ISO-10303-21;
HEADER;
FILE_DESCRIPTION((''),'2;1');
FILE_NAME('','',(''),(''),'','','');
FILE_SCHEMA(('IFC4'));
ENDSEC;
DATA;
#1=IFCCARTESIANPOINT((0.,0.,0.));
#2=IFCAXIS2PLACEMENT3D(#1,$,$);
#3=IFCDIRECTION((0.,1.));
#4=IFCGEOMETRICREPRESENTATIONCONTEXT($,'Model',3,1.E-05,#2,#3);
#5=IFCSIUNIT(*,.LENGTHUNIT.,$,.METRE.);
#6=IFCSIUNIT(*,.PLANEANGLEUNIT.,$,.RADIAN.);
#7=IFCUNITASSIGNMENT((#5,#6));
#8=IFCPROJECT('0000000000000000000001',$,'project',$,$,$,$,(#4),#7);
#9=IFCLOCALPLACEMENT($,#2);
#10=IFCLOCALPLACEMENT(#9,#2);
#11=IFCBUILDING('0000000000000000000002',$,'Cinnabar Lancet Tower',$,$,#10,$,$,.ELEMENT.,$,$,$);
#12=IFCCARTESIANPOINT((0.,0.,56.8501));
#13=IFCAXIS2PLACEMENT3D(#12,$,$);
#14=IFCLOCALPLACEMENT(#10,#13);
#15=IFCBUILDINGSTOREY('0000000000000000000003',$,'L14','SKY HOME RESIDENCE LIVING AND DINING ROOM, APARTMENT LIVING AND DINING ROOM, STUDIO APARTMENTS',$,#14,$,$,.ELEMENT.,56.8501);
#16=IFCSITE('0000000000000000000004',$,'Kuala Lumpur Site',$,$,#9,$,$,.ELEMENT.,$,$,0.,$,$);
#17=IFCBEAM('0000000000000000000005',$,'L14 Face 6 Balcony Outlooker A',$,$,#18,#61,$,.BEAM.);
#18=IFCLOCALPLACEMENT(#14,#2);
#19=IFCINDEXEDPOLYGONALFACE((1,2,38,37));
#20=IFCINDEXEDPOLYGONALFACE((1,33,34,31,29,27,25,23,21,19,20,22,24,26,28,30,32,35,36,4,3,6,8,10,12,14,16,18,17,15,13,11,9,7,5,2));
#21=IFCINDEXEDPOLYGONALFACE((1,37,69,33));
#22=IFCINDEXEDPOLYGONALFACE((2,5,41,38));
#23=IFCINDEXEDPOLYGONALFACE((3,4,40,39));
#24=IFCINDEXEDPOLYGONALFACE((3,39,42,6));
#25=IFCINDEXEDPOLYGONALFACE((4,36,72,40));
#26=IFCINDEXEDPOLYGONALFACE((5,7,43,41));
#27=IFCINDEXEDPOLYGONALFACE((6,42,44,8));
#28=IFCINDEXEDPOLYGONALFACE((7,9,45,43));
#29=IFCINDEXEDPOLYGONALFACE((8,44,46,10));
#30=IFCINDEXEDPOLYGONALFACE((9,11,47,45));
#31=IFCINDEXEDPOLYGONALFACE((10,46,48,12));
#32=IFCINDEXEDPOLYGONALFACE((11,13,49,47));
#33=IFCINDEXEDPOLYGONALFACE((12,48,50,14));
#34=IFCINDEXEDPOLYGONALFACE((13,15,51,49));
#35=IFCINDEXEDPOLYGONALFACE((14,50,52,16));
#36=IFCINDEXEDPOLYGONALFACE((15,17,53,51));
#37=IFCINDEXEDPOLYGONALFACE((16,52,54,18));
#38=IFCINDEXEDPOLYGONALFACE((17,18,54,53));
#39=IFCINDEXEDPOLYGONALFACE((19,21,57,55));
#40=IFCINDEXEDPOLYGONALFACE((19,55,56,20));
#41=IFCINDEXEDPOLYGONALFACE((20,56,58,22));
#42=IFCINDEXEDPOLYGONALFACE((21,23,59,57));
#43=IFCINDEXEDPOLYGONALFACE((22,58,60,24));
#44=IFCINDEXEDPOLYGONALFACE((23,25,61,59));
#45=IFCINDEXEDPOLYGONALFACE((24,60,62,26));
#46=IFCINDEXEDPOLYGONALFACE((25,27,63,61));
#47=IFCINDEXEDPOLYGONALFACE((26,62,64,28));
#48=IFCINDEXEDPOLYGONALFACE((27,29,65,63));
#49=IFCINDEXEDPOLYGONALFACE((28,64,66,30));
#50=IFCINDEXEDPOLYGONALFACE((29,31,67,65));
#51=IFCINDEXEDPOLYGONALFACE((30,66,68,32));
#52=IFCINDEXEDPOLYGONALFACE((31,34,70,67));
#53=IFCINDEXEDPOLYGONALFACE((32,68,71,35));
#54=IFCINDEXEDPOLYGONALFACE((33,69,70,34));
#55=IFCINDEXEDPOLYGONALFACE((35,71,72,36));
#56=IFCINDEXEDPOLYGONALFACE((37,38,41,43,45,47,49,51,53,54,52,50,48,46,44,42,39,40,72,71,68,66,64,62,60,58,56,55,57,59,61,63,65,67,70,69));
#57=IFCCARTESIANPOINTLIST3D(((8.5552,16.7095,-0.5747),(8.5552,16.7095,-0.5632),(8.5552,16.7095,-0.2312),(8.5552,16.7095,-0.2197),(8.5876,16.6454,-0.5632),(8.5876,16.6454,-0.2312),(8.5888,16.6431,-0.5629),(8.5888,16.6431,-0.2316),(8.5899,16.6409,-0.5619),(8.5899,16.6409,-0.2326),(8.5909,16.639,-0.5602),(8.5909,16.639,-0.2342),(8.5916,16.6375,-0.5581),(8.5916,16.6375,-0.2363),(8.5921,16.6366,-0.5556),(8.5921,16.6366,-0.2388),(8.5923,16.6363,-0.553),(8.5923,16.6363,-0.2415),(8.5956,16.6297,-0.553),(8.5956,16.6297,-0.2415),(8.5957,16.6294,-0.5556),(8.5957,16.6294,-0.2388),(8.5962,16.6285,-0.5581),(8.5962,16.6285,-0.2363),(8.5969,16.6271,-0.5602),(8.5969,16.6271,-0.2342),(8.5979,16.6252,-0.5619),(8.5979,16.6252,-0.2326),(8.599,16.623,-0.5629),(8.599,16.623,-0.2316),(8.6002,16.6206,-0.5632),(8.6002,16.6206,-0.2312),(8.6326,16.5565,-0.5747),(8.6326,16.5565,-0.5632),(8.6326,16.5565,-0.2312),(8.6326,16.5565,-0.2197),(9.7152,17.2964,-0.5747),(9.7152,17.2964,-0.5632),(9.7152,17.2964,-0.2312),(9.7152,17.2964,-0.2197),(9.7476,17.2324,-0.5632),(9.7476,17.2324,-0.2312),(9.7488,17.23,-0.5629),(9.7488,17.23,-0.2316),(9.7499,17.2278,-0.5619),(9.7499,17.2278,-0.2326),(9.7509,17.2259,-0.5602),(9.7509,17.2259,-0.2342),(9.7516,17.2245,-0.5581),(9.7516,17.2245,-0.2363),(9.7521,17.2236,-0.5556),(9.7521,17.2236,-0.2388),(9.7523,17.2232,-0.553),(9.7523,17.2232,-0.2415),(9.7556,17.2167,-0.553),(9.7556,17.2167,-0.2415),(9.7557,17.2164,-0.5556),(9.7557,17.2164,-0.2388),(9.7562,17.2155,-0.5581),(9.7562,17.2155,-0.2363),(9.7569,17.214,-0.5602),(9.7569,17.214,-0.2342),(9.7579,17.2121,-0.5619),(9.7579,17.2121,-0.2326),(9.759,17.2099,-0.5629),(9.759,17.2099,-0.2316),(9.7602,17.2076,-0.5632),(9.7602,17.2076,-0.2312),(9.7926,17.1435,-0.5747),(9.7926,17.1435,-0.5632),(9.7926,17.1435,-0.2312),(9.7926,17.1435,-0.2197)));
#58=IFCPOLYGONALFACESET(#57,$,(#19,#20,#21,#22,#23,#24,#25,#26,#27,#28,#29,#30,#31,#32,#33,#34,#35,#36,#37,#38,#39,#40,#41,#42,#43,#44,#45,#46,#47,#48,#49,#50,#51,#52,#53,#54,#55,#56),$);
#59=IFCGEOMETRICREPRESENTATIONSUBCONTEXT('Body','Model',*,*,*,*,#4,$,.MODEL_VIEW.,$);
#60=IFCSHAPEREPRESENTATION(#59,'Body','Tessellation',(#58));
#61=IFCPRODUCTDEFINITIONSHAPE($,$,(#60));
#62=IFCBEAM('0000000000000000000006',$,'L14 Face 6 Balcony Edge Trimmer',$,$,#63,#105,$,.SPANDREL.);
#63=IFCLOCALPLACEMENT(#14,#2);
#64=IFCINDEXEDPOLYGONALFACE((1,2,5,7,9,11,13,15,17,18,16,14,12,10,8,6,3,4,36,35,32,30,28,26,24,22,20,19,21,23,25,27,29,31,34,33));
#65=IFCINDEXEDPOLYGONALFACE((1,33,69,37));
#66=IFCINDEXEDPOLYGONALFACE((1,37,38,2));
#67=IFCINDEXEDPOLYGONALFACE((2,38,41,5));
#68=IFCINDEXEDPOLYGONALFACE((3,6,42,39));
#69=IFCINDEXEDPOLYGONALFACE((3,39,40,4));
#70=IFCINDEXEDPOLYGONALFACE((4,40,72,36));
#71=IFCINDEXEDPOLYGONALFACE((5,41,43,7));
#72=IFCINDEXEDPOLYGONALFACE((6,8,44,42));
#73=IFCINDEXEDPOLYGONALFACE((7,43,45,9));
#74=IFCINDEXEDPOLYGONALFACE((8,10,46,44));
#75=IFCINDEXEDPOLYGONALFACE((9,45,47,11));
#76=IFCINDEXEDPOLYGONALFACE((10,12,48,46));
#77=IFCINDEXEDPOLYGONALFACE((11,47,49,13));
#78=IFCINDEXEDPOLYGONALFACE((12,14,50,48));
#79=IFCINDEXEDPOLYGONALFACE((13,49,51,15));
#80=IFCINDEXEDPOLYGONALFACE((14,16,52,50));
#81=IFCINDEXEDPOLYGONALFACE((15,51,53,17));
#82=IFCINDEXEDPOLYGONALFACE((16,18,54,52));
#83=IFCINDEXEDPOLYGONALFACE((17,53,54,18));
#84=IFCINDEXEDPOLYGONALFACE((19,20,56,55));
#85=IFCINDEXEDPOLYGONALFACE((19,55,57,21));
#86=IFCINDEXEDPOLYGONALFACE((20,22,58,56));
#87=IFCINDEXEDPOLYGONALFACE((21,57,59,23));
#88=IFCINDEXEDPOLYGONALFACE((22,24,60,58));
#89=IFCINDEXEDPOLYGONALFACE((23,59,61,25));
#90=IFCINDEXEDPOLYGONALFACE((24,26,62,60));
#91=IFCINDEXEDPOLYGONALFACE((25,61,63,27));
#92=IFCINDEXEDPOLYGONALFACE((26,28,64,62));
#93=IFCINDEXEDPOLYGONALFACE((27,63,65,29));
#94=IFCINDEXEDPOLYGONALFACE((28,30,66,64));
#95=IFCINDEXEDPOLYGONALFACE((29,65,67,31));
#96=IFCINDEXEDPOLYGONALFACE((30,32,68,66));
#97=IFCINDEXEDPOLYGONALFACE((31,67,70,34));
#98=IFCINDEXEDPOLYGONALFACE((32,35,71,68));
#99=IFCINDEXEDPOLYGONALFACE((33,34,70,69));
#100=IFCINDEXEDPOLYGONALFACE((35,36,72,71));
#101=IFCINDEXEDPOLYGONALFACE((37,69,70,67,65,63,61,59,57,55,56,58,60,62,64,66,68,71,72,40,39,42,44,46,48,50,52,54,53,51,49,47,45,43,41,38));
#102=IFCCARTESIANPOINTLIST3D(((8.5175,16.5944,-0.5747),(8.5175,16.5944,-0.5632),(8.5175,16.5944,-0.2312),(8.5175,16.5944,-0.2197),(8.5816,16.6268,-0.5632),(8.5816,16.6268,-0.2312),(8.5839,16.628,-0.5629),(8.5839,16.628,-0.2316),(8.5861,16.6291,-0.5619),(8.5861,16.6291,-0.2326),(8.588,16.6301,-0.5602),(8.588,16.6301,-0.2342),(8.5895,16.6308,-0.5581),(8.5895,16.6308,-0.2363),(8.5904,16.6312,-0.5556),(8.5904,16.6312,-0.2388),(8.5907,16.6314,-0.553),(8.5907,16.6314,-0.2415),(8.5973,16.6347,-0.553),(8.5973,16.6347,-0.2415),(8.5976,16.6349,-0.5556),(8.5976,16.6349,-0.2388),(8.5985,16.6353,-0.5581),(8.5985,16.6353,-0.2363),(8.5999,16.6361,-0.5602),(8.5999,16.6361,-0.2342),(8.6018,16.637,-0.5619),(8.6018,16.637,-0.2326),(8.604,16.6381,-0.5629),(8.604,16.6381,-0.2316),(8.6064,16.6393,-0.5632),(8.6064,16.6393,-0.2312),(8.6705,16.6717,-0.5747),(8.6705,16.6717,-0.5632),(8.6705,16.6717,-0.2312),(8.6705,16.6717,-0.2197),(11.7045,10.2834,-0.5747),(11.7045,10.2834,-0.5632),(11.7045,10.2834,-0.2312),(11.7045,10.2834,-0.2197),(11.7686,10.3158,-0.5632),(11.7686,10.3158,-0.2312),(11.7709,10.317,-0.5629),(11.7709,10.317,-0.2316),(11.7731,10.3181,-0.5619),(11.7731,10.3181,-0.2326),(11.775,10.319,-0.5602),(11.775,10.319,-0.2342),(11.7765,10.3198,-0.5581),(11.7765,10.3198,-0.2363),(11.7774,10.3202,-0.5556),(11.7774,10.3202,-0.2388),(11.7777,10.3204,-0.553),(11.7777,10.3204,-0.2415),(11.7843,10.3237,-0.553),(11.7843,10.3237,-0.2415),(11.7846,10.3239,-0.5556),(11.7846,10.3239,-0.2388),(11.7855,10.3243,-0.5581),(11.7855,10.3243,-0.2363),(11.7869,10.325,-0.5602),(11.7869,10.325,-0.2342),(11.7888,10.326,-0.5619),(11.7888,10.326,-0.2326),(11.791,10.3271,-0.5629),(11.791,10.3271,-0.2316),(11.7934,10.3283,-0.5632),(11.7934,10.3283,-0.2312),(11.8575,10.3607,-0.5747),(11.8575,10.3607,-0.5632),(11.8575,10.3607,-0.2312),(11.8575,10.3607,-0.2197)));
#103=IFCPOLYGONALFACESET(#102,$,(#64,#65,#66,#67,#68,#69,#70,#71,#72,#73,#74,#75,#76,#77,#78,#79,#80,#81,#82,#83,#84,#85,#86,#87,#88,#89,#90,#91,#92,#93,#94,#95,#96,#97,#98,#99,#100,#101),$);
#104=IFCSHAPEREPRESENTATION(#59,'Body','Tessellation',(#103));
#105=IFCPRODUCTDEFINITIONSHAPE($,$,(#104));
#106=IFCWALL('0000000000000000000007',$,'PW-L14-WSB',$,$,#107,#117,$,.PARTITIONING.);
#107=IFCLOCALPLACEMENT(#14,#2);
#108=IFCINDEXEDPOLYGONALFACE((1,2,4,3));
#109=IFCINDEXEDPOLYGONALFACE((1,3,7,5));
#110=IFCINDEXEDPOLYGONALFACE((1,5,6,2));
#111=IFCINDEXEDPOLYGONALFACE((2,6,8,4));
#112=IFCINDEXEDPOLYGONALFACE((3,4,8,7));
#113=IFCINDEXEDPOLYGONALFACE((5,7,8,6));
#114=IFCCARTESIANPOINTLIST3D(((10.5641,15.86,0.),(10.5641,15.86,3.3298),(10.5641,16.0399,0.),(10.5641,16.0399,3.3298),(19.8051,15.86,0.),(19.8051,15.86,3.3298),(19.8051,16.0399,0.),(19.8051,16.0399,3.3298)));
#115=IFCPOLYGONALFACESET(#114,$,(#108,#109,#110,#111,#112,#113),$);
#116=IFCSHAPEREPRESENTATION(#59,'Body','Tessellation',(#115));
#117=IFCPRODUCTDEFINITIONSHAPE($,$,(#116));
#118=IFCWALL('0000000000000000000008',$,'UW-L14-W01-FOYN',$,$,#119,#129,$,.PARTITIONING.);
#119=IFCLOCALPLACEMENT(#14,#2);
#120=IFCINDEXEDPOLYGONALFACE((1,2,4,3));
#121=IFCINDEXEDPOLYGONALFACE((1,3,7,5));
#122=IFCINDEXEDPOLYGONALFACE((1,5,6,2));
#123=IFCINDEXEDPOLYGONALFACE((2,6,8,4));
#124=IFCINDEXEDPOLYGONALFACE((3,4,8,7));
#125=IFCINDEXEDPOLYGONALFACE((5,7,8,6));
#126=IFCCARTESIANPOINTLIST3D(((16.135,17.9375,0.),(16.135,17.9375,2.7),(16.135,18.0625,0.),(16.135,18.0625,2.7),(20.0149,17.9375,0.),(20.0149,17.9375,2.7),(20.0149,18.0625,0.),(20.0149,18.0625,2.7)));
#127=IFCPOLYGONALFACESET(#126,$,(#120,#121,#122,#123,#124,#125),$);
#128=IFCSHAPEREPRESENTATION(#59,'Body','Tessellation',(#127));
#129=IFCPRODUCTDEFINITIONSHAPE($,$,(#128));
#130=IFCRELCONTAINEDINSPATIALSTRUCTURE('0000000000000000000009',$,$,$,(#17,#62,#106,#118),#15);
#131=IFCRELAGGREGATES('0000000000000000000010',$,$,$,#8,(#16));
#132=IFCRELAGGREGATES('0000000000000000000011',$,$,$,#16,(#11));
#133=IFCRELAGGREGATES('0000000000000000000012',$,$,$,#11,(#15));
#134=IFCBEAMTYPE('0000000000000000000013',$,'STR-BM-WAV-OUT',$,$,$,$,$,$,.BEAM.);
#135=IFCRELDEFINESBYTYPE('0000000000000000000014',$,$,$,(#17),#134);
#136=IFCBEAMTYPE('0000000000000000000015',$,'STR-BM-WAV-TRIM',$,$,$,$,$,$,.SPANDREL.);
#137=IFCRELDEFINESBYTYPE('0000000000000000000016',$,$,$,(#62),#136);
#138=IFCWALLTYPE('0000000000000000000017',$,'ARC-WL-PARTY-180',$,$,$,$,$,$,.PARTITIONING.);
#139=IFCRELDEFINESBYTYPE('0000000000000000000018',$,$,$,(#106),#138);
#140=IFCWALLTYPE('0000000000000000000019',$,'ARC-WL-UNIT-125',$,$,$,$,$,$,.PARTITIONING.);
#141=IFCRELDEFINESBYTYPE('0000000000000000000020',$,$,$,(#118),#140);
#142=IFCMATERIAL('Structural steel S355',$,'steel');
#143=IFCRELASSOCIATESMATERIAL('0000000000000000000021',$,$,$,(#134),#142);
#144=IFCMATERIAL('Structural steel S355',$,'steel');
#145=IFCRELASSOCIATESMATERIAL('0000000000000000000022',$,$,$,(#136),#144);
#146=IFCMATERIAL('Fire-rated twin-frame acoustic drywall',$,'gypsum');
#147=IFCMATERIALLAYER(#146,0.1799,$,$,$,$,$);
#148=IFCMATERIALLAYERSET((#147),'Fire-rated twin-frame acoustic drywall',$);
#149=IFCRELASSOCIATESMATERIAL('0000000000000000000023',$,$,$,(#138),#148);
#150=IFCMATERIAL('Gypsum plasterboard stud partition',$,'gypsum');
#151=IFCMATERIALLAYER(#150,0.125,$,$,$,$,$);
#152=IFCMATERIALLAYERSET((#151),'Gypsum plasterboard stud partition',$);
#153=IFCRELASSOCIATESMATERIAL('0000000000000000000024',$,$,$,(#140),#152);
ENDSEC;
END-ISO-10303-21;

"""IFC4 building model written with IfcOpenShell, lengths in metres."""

from ifc_helpers import new_model, si_unit, direction, frame, frame_2d, origin, origin_2d, place, context, subcontext, project, spatial, rectangle, i_section, extrude, material, layer, layer_set, material_profile, profile_set, type_object, element, save


model = new_model("IFC4")

# Units and contexts
model_context = context("Model", 3, precision=1e-05, world=origin(), true_north=direction((0.0, 1.0)))
body_context = subcontext(model_context, "Body", "Model", "MODEL_VIEW")
ifc_project = project(units=[si_unit("LENGTHUNIT", "METRE"), si_unit("PLANEANGLEUNIT", "RADIAN")], contexts=[model_context])

# Site, building, storey
site_placement = place(None, origin())
site = spatial("IfcSite", under=ifc_project, at=site_placement, Name="Kuala Lumpur Site", CompositionType="ELEMENT", RefElevation=0.0)
building_placement = place(site_placement, origin())
building = spatial("IfcBuilding", under=site, at=building_placement, Name="Cinnabar Lancet Tower", CompositionType="ELEMENT")
storey_placement = place(building_placement, frame((0.0, 0.0, 56.8501)))
storey = spatial("IfcBuildingStorey", under=building, at=storey_placement, Name="L14", Description="SKY HOME RESIDENCE LIVING AND DINING ROOM, APARTMENT LIVING AND DINING ROOM, STUDIO APARTMENTS", CompositionType="ELEMENT", Elevation=56.8501)

# Beams
ifc_material_1 = material(Name="Structural steel S355", Category="steel")
ifc_material_profile_1 = material_profile(ifc_material_1, i_section(OverallWidth=0.1714, OverallDepth=0.355, WebThickness=0.0073, FlangeThickness=0.0115, FilletRadius=0.0103, at=origin_2d()), Name="UKB 356x171x51")
ifc_profile_set_1 = profile_set([ifc_material_profile_1], Name="Structural steel S355")
beam_type_1 = type_object("IfcBeamType", Name="STR-BM-WAV-OUT", PredefinedType="BEAM", material=ifc_profile_set_1)
beam_1_placement = place(storey_placement, frame((9.7539, 17.22, -0.3972), z_axis=(-0.892276, -0.45149, 0.0), x_axis=(0.45149, -0.892276, 0.0)))
element("IfcBeam", 1, at=beam_1_placement, inside=storey, type_object=beam_type_1, Name="L14 Face 6 Balcony Outlooker A", PredefinedType="BEAM", context=body_context, shape_type="SweptSolid", body=[
    extrude(i_section(OverallWidth=0.1714, OverallDepth=0.355, WebThickness=0.0073, FlangeThickness=0.0115, FilletRadius=0.0103, at=origin_2d()), origin(), (0.0, 0.0, 1.0), 1.3),
])
ifc_material_2 = material(Name="Structural steel S355", Category="steel")
ifc_material_profile_2 = material_profile(ifc_material_2, i_section(OverallWidth=0.1714, OverallDepth=0.355, WebThickness=0.0073, FlangeThickness=0.0115, FilletRadius=0.0103, at=origin_2d()), Name="UKB 356x171x51")
ifc_profile_set_2 = profile_set([ifc_material_profile_2], Name="Structural steel S355")
beam_type_2 = type_object("IfcBeamType", Name="STR-BM-WAV-TRIM", PredefinedType="SPANDREL", material=ifc_profile_set_2)
beam_2_placement = place(storey_placement, frame((8.594, 16.6331, -0.3972), z_axis=(0.450774, -0.892638, 0.0), x_axis=(0.892638, 0.450774, 0.0)))
element("IfcBeam", 2, at=beam_2_placement, inside=storey, type_object=beam_type_2, Name="L14 Face 6 Balcony Edge Trimmer", PredefinedType="SPANDREL", context=body_context, shape_type="SweptSolid", body=[
    extrude(i_section(OverallWidth=0.1714, OverallDepth=0.355, WebThickness=0.0073, FlangeThickness=0.0115, FilletRadius=0.0103, at=origin_2d()), origin(), (0.0, 0.0, 1.0), 7.0701),
])

# Walls
ifc_material_3 = material(Name="Fire-rated twin-frame acoustic drywall", Category="gypsum")
ifc_layer_1 = layer(ifc_material_3, 0.1799)
ifc_layer_set_1 = layer_set([ifc_layer_1], Name="Fire-rated twin-frame acoustic drywall")
wall_type_1 = type_object("IfcWallType", Name="ARC-WL-PARTY-180", PredefinedType="PARTITIONING", material=ifc_layer_set_1)
wall_1_placement = place(storey_placement, frame((10.564, 15.95, 0.0), z_axis=(0.0, 0.0, 1.0), x_axis=(1.0, 0.0, 0.0)))
element("IfcWall", 3, at=wall_1_placement, inside=storey, type_object=wall_type_1, Name="PW-L14-WSB", PredefinedType="PARTITIONING", context=body_context, shape_type="SweptSolid", body=[
    extrude(rectangle(XDim=9.241, YDim=0.1799, at=frame_2d((4.6206, 0.0))), origin(), (0.0, 0.0, 1.0), 3.3298),
])
ifc_material_4 = material(Name="Gypsum plasterboard stud partition", Category="gypsum")
ifc_layer_2 = layer(ifc_material_4, 0.125)
ifc_layer_set_2 = layer_set([ifc_layer_2], Name="Gypsum plasterboard stud partition")
wall_type_2 = type_object("IfcWallType", Name="ARC-WL-UNIT-125", PredefinedType="PARTITIONING", material=ifc_layer_set_2)
wall_2_placement = place(storey_placement, frame((16.135, 18.0, 0.0), z_axis=(0.0, 0.0, 1.0), x_axis=(1.0, 0.0, 0.0)))
element("IfcWall", 4, at=wall_2_placement, inside=storey, type_object=wall_type_2, Name="UW-L14-W01-FOYN", PredefinedType="PARTITIONING", context=body_context, shape_type="SweptSolid", body=[
    extrude(rectangle(XDim=3.8799, YDim=0.125, at=frame_2d((1.9399, 0.0))), origin(), (0.0, 0.0, 1.0), 2.7),
])

save(model, "model.ifc")
